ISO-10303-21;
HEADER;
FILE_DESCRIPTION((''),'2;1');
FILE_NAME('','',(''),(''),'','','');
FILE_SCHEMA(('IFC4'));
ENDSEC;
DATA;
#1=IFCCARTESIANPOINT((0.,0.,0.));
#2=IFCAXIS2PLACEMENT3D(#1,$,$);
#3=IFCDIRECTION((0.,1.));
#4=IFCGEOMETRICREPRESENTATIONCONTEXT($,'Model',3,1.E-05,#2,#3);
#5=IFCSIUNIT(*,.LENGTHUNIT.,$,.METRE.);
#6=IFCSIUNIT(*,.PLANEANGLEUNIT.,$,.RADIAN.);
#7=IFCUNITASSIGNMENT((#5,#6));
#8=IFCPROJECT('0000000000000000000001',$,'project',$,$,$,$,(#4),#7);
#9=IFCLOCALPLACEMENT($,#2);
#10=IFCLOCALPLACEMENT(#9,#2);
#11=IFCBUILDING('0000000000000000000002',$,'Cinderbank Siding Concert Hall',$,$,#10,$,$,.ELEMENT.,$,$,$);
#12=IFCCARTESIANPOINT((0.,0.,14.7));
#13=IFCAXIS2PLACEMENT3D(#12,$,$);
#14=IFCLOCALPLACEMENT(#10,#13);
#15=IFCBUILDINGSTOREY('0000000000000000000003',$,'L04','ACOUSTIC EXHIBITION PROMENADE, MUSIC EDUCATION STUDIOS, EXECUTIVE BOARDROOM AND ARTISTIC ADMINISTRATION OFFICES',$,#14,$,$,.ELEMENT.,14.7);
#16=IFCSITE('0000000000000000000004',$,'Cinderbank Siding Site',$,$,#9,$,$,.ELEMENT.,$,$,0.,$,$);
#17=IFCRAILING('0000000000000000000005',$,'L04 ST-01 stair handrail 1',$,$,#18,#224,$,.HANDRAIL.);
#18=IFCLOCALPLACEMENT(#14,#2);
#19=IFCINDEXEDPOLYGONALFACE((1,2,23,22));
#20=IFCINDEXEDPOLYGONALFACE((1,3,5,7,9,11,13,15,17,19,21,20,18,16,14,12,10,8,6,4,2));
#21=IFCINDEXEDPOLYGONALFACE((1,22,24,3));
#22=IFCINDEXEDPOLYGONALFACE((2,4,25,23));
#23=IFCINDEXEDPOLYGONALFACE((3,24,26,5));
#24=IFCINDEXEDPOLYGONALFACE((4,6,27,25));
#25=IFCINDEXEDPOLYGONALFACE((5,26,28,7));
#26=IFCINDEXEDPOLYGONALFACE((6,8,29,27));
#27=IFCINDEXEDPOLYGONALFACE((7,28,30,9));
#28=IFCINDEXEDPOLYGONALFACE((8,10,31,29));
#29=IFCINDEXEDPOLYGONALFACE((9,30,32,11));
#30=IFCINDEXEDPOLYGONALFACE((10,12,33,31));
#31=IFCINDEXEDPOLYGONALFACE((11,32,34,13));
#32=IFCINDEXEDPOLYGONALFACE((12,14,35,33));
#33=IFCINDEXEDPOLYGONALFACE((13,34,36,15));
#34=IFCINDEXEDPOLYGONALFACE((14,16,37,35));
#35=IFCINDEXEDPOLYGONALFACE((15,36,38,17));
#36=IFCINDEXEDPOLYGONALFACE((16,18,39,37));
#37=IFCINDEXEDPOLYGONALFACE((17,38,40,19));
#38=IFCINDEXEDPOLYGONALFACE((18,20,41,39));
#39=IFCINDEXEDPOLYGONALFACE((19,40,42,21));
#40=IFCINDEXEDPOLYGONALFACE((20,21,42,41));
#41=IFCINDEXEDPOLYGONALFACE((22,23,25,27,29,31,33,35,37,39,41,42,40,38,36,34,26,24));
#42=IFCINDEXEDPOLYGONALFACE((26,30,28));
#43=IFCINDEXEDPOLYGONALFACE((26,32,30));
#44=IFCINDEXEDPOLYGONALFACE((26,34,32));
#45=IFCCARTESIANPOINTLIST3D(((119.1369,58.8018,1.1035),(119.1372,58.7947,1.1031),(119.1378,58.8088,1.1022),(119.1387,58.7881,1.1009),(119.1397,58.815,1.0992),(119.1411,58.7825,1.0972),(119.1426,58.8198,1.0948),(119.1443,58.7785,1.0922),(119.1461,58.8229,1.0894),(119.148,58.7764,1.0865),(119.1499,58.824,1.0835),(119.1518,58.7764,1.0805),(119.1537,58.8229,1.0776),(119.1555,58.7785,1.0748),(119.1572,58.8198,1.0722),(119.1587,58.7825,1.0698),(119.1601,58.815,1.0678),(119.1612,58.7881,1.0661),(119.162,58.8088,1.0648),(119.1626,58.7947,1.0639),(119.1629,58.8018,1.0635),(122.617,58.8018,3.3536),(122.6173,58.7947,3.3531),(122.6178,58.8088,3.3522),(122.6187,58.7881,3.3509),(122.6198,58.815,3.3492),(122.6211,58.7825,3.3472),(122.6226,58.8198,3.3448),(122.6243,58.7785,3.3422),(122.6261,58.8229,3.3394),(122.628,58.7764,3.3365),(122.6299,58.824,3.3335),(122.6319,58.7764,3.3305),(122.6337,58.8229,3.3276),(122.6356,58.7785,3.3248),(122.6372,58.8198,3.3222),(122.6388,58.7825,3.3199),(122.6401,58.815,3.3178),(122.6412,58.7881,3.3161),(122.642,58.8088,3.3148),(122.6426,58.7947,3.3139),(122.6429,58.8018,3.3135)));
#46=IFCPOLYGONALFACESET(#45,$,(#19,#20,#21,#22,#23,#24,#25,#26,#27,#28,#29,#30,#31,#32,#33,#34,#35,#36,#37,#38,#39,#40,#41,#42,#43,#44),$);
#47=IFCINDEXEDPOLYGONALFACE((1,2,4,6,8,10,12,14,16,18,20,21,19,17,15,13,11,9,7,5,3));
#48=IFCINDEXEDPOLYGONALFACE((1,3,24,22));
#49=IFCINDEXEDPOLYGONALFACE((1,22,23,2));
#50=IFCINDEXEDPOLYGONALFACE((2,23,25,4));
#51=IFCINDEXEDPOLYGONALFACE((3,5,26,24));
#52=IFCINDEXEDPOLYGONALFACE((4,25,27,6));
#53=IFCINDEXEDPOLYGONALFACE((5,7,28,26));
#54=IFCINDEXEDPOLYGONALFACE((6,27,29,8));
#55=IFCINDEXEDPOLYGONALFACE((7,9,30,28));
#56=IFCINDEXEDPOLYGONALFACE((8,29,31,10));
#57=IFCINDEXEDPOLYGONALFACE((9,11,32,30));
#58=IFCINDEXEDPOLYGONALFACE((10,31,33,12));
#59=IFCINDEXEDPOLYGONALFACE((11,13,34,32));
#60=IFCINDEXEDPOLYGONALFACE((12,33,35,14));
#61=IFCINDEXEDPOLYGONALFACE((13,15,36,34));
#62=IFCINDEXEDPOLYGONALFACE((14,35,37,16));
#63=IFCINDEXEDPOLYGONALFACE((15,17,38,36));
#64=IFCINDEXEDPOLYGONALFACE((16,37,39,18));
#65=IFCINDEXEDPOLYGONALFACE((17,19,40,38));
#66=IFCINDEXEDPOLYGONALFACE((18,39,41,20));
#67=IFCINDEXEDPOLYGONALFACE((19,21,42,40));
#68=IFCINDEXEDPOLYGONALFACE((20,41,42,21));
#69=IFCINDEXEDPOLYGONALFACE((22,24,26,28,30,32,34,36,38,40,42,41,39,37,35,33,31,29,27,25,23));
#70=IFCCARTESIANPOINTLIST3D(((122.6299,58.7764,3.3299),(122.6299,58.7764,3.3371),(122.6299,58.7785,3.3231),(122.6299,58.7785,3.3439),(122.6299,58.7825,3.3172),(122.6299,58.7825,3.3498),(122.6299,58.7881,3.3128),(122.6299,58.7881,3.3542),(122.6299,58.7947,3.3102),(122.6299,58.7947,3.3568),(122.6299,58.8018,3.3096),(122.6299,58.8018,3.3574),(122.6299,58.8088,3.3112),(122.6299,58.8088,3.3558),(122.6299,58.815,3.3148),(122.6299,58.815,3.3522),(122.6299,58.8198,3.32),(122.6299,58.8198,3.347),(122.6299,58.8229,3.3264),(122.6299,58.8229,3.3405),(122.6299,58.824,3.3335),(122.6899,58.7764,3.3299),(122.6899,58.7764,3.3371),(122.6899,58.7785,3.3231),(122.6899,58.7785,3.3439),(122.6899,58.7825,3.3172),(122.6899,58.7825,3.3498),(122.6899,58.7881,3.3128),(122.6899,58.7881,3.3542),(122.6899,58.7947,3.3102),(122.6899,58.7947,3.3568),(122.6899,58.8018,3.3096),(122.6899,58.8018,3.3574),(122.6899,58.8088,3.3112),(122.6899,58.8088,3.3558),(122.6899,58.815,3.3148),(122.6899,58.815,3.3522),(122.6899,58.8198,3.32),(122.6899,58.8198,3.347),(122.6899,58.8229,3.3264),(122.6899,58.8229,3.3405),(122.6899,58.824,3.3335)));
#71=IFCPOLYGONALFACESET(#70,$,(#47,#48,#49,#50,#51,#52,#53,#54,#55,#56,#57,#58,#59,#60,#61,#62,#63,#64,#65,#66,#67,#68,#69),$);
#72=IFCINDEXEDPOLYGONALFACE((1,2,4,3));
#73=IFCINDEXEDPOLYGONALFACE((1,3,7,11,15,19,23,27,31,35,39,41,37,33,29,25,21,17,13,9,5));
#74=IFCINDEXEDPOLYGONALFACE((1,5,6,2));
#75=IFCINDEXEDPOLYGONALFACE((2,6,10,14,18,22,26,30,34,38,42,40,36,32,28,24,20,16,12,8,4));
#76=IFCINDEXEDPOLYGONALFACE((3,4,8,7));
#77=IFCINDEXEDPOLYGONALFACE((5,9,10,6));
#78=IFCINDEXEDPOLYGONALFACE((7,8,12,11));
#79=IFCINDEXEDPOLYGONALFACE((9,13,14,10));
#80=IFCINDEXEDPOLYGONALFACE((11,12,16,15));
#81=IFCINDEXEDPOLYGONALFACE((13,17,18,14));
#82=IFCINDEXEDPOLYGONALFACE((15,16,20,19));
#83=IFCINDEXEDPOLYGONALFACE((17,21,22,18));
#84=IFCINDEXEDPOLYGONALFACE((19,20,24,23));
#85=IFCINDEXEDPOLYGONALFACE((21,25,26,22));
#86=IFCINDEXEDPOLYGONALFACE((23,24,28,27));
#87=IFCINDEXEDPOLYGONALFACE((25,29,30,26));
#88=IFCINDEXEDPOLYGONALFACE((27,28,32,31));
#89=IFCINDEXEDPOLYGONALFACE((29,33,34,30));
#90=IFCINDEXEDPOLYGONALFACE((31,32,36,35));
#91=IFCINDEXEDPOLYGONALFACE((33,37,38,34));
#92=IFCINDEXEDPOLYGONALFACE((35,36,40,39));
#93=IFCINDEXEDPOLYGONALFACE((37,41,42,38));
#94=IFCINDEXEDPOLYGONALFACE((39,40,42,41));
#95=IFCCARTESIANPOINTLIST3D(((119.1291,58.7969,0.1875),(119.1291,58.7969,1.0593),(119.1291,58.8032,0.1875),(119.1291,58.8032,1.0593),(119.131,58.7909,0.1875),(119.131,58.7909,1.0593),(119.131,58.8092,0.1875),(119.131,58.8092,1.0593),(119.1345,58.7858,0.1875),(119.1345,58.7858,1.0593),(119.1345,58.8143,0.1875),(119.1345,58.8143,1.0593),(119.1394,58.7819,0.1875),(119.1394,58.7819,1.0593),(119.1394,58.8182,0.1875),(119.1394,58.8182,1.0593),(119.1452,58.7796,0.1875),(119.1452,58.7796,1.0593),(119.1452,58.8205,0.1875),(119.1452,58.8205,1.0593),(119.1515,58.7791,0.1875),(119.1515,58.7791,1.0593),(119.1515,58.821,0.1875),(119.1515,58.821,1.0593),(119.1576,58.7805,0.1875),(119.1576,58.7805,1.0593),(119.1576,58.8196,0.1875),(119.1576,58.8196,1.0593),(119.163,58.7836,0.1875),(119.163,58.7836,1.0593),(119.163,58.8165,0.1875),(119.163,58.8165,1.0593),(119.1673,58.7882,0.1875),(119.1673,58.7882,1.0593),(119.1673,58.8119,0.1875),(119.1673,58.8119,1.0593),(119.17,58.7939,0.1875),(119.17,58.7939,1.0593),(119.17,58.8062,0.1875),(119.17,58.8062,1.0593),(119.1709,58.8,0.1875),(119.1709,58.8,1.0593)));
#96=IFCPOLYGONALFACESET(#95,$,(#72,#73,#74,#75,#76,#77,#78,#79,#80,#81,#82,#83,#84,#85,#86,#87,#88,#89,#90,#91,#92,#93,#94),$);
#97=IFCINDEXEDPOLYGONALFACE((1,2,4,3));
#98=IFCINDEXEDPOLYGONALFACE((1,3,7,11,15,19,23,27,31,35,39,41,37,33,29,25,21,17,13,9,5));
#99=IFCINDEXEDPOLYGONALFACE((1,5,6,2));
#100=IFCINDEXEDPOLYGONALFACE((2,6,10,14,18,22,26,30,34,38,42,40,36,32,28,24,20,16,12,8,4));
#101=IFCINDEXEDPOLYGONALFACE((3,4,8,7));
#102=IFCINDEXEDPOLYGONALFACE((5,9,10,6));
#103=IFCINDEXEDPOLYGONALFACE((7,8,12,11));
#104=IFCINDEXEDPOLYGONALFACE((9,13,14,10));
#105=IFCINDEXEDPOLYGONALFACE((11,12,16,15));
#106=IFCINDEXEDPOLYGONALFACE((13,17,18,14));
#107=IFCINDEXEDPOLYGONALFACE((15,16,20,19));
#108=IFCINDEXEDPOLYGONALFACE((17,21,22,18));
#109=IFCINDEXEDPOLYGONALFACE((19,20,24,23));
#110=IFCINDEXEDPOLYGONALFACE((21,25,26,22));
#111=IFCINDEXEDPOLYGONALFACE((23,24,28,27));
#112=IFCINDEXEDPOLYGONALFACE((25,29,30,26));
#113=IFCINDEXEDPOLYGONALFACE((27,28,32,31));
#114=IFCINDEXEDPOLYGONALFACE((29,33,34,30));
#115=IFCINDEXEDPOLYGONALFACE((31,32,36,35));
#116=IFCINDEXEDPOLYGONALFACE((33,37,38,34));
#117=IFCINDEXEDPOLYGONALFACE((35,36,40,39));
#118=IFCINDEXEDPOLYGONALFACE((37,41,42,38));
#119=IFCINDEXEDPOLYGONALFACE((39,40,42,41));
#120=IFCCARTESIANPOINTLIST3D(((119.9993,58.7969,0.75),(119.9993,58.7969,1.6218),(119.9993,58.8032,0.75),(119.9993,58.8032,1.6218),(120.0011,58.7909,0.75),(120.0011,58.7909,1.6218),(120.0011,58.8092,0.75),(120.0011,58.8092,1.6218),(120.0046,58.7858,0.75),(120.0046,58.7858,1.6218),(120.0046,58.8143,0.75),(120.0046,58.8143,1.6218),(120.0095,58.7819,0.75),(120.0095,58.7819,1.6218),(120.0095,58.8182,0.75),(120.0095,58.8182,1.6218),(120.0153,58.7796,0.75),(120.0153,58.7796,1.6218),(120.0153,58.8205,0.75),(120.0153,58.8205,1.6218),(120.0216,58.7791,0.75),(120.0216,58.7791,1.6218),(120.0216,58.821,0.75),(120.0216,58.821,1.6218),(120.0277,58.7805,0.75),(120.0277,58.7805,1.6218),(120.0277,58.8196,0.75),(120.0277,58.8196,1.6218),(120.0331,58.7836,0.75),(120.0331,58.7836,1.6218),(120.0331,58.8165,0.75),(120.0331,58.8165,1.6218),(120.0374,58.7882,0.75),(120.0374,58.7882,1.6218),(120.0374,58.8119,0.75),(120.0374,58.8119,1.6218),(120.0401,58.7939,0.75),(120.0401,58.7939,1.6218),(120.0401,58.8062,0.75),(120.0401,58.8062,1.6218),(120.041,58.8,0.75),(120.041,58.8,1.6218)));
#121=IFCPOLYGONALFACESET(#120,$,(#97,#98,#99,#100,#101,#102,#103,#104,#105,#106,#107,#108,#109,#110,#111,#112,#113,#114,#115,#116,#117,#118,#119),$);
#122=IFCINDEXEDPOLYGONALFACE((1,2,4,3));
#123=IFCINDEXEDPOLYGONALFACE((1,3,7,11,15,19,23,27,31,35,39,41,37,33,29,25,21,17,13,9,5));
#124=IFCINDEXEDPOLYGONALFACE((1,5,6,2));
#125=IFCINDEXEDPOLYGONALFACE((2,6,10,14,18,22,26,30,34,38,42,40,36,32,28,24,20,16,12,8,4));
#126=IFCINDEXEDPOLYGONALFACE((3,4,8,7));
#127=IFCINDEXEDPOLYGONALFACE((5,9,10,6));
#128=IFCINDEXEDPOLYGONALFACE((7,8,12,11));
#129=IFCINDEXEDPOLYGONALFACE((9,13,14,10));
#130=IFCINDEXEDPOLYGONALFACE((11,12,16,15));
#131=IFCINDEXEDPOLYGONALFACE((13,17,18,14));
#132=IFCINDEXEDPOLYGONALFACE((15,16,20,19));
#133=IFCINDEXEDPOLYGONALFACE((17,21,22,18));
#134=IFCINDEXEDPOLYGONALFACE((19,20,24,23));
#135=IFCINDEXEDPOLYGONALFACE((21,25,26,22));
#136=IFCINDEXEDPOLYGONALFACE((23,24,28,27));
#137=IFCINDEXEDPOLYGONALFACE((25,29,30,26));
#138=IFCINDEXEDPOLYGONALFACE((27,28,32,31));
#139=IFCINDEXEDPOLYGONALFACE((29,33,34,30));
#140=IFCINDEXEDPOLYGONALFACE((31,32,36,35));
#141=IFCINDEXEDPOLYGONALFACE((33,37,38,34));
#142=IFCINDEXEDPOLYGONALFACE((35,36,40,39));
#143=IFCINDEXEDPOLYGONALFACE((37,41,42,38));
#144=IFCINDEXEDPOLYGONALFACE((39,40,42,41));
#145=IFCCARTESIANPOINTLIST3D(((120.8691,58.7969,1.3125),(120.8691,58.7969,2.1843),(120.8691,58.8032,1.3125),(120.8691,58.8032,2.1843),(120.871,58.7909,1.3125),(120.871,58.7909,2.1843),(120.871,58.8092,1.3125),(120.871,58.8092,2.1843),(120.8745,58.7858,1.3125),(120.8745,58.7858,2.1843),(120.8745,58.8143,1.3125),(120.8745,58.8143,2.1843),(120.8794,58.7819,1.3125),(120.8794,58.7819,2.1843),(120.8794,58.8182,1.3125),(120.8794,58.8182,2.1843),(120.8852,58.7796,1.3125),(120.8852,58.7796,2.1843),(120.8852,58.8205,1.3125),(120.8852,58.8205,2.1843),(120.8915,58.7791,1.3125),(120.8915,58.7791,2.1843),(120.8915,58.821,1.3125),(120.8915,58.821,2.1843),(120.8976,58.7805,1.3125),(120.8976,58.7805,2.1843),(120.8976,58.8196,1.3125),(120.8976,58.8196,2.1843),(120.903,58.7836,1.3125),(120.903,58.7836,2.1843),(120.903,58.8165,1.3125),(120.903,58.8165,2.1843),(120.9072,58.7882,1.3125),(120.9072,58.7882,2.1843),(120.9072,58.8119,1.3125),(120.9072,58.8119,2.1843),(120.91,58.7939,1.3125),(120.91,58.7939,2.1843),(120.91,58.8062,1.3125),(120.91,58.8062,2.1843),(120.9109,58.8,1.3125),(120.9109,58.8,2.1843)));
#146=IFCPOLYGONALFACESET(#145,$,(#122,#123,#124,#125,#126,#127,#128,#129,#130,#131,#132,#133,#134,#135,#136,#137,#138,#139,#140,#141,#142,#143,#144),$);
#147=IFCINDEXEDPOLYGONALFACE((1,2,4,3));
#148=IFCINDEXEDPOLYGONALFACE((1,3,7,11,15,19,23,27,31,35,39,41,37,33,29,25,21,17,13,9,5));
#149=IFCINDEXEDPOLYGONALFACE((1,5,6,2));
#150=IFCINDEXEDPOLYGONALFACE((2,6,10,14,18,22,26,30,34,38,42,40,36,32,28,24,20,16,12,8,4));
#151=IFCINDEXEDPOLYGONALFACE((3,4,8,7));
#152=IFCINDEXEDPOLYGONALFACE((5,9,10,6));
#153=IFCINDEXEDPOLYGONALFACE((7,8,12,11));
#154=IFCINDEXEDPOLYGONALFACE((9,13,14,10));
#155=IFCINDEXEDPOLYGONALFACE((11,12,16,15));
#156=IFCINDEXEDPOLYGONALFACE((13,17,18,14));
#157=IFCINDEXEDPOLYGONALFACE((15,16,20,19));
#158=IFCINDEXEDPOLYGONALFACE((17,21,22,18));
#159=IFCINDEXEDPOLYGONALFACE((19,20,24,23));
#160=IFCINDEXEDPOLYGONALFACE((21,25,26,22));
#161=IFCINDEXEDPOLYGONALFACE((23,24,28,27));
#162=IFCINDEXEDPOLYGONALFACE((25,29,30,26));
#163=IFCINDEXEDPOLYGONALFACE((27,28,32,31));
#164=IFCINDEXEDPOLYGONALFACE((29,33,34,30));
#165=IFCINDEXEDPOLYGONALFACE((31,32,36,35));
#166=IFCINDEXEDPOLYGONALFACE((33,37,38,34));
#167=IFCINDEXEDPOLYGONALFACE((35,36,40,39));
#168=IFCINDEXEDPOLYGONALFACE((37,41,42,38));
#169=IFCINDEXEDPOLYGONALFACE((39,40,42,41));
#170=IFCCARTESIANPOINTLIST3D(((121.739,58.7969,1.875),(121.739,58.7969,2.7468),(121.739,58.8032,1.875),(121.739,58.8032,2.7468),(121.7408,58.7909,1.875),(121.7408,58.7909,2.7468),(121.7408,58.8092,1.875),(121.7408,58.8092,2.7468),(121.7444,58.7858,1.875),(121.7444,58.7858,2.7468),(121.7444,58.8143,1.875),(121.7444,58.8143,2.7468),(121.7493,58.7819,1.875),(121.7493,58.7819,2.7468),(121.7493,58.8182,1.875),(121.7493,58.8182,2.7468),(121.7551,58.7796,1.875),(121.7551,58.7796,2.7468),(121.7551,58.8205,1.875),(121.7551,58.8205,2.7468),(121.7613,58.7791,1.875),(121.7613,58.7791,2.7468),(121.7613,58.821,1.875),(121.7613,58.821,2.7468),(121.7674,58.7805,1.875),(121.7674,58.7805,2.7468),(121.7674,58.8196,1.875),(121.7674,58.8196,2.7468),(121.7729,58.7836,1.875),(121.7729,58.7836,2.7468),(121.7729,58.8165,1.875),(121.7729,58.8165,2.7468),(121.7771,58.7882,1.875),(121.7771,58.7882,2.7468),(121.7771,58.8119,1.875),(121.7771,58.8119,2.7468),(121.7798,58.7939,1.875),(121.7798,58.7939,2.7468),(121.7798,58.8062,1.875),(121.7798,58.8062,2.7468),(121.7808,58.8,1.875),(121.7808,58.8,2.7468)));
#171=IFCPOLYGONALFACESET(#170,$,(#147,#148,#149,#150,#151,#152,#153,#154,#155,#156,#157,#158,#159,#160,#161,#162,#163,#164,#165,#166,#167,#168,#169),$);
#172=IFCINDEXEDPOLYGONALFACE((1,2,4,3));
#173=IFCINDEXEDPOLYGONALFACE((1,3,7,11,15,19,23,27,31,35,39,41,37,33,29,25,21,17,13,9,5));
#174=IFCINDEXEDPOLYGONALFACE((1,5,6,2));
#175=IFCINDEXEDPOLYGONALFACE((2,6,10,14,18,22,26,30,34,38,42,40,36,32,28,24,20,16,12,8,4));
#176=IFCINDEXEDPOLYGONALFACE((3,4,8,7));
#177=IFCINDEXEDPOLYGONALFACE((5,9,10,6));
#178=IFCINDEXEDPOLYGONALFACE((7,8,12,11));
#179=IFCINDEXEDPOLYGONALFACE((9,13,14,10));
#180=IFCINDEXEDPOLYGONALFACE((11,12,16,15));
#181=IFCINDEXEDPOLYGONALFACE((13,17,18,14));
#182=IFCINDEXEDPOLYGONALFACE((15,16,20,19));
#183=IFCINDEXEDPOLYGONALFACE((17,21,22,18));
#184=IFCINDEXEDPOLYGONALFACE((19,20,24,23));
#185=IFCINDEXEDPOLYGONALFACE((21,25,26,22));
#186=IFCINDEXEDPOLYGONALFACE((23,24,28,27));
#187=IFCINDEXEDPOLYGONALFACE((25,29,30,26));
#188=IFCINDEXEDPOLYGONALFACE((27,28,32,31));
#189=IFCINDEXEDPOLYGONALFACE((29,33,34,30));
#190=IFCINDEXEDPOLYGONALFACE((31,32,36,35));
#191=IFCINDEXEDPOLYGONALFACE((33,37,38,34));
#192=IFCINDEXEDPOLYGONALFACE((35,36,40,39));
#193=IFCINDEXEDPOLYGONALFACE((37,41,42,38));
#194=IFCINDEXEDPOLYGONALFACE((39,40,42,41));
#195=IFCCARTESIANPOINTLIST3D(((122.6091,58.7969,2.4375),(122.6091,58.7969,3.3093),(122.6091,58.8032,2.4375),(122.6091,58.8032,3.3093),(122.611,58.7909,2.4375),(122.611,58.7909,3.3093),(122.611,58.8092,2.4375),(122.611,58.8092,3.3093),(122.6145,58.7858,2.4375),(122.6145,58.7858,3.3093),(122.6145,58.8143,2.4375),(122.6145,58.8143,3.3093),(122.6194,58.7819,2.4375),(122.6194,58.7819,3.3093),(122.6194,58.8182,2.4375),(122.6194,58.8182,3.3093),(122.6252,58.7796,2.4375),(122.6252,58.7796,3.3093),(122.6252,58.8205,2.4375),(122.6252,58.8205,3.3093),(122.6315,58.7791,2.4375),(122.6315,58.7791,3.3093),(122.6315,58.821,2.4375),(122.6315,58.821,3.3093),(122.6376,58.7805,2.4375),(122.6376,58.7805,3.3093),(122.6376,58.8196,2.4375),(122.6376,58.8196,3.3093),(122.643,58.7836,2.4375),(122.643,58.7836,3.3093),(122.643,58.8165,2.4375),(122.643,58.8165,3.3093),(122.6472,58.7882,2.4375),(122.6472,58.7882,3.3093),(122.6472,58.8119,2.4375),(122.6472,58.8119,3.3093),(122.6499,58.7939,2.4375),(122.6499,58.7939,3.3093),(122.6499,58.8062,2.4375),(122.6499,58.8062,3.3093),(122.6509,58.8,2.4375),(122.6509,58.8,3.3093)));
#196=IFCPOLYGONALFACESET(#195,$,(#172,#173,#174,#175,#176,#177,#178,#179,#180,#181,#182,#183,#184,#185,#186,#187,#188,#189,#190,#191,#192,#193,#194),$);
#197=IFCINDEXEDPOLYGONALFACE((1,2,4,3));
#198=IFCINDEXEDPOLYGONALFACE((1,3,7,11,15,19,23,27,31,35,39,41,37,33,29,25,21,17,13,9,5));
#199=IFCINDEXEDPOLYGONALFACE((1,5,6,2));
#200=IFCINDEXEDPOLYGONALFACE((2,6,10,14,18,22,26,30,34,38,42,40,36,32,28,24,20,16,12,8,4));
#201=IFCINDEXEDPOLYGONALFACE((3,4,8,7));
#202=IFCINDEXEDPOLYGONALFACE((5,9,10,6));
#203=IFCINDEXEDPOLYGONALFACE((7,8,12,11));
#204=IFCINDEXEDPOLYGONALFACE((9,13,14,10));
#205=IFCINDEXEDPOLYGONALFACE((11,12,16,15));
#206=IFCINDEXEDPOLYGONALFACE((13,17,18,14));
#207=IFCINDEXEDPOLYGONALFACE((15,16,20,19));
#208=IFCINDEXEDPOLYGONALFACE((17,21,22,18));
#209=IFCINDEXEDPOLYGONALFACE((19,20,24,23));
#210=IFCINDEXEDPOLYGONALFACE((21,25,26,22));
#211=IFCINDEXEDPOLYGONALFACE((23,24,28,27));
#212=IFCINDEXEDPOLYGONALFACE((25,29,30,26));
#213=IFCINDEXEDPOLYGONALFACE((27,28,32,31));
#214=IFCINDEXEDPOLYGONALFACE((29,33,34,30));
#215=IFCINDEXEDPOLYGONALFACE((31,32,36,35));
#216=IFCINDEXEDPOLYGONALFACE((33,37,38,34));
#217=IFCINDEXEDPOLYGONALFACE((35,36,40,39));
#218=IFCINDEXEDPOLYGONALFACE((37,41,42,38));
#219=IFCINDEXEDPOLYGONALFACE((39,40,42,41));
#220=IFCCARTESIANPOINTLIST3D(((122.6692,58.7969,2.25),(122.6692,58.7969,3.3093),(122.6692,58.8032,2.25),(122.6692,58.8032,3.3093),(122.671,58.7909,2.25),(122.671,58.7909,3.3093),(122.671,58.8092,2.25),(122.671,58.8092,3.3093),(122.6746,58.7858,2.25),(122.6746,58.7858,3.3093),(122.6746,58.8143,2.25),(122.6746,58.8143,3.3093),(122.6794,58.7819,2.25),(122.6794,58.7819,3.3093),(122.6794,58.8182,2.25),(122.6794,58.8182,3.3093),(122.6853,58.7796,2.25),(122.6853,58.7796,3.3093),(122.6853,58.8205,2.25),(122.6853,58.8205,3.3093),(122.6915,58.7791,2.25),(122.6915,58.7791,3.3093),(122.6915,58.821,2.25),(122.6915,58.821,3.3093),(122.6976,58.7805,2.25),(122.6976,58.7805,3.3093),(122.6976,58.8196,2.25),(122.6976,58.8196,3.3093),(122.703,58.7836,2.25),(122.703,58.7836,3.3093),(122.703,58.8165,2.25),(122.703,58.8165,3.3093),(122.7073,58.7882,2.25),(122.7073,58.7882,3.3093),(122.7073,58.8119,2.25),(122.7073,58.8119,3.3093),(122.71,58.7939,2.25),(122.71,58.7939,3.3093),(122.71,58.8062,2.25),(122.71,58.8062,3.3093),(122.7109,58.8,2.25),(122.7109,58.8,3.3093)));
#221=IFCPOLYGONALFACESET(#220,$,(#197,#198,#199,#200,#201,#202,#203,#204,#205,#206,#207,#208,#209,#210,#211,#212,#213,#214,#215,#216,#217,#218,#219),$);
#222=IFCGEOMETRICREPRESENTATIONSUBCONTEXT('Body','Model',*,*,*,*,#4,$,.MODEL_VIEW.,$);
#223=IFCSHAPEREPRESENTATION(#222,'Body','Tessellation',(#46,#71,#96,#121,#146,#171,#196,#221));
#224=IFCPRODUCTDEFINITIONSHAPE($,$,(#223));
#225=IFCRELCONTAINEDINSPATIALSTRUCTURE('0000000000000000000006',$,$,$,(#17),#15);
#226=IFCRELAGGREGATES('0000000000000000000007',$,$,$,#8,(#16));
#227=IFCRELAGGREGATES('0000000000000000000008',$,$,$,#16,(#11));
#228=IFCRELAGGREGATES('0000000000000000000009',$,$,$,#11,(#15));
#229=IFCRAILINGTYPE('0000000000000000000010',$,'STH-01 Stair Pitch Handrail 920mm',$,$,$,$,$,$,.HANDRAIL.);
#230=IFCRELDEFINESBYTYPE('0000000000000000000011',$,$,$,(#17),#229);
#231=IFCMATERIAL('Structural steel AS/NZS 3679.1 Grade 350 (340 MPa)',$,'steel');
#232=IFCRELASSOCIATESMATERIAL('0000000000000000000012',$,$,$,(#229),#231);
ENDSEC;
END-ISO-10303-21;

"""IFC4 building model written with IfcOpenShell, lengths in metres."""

from ifc_helpers import new_model, si_unit, direction, frame, origin, origin_2d, place, context, subcontext, project, spatial, circle, extrude, material, type_object, element, save


model = new_model("IFC4")

# Units and contexts
model_context = context("Model", 3, precision=1e-05, world=origin(), true_north=direction((0.0, 1.0)))
body_context = subcontext(model_context, "Body", "Model", "MODEL_VIEW")
ifc_project = project(units=[si_unit("LENGTHUNIT", "METRE"), si_unit("PLANEANGLEUNIT", "RADIAN")], contexts=[model_context])

# Site, building, storey
site_placement = place(None, origin())
site = spatial("IfcSite", under=ifc_project, at=site_placement, Name="Cinderbank Siding Site", CompositionType="ELEMENT", RefElevation=0.0)
building_placement = place(site_placement, origin())
building = spatial("IfcBuilding", under=site, at=building_placement, Name="Cinderbank Siding Concert Hall", CompositionType="ELEMENT")
storey_placement = place(building_placement, frame((0.0, 0.0, 14.7)))
storey = spatial("IfcBuildingStorey", under=building, at=storey_placement, Name="L04", Description="ACOUSTIC EXHIBITION PROMENADE, MUSIC EDUCATION STUDIOS, EXECUTIVE BOARDROOM AND ARTISTIC ADMINISTRATION OFFICES", CompositionType="ELEMENT", Elevation=14.7)

# Shared definitions
ifc_material_1 = material(Name="Structural steel AS/NZS 3679.1 Grade 350 (340 MPa)", Category="steel")

# Railing
railing_type_1 = type_object("IfcRailingType", Name="STH-01 Stair Pitch Handrail 920mm", PredefinedType="HANDRAIL", material=ifc_material_1)
railing_1_placement = place(storey_placement, frame((119.1499, 58.8, 0.1875)))
element("IfcRailing", 1, at=railing_1_placement, inside=storey, type_object=railing_type_1, Name="L04 ST-01 stair handrail 1", PredefinedType="HANDRAIL", context=body_context, shape_type="SweptSolid", body=[
    extrude(circle(Radius=0.0239, at=origin_2d()), frame((0.0, 0.0, 0.896), z_axis=(0.839763, 0.0, 0.542953), x_axis=(0.0, 1.0, 0.0)), (0.0, 0.0, 1.0), 4.144),
    extrude(circle(Radius=0.0239, at=origin_2d()), frame((3.48, 0.0, 3.146), z_axis=(1.0, 0.0, 0.0), x_axis=(0.0, 1.0, 0.0)), (0.0, 0.0, 1.0), 0.0601),
    extrude(circle(Radius=0.021, at=origin_2d()), origin(), (0.0, 0.0, 1.0), 0.8718),
    extrude(circle(Radius=0.021, at=origin_2d()), frame((0.8701, 0.0, 0.5625)), (0.0, 0.0, 1.0), 0.8718),
    extrude(circle(Radius=0.021, at=origin_2d()), frame((1.74, 0.0, 1.125)), (0.0, 0.0, 1.0), 0.8718),
    extrude(circle(Radius=0.021, at=origin_2d()), frame((2.6099, 0.0, 1.6875)), (0.0, 0.0, 1.0), 0.8718),
    extrude(circle(Radius=0.021, at=origin_2d()), frame((3.48, 0.0, 2.25)), (0.0, 0.0, 1.0), 0.8718),
    extrude(circle(Radius=0.021, at=origin_2d()), frame((3.54, 0.0, 2.0625)), (0.0, 0.0, 1.0), 1.0593),
])

save(model, "model.ifc")
